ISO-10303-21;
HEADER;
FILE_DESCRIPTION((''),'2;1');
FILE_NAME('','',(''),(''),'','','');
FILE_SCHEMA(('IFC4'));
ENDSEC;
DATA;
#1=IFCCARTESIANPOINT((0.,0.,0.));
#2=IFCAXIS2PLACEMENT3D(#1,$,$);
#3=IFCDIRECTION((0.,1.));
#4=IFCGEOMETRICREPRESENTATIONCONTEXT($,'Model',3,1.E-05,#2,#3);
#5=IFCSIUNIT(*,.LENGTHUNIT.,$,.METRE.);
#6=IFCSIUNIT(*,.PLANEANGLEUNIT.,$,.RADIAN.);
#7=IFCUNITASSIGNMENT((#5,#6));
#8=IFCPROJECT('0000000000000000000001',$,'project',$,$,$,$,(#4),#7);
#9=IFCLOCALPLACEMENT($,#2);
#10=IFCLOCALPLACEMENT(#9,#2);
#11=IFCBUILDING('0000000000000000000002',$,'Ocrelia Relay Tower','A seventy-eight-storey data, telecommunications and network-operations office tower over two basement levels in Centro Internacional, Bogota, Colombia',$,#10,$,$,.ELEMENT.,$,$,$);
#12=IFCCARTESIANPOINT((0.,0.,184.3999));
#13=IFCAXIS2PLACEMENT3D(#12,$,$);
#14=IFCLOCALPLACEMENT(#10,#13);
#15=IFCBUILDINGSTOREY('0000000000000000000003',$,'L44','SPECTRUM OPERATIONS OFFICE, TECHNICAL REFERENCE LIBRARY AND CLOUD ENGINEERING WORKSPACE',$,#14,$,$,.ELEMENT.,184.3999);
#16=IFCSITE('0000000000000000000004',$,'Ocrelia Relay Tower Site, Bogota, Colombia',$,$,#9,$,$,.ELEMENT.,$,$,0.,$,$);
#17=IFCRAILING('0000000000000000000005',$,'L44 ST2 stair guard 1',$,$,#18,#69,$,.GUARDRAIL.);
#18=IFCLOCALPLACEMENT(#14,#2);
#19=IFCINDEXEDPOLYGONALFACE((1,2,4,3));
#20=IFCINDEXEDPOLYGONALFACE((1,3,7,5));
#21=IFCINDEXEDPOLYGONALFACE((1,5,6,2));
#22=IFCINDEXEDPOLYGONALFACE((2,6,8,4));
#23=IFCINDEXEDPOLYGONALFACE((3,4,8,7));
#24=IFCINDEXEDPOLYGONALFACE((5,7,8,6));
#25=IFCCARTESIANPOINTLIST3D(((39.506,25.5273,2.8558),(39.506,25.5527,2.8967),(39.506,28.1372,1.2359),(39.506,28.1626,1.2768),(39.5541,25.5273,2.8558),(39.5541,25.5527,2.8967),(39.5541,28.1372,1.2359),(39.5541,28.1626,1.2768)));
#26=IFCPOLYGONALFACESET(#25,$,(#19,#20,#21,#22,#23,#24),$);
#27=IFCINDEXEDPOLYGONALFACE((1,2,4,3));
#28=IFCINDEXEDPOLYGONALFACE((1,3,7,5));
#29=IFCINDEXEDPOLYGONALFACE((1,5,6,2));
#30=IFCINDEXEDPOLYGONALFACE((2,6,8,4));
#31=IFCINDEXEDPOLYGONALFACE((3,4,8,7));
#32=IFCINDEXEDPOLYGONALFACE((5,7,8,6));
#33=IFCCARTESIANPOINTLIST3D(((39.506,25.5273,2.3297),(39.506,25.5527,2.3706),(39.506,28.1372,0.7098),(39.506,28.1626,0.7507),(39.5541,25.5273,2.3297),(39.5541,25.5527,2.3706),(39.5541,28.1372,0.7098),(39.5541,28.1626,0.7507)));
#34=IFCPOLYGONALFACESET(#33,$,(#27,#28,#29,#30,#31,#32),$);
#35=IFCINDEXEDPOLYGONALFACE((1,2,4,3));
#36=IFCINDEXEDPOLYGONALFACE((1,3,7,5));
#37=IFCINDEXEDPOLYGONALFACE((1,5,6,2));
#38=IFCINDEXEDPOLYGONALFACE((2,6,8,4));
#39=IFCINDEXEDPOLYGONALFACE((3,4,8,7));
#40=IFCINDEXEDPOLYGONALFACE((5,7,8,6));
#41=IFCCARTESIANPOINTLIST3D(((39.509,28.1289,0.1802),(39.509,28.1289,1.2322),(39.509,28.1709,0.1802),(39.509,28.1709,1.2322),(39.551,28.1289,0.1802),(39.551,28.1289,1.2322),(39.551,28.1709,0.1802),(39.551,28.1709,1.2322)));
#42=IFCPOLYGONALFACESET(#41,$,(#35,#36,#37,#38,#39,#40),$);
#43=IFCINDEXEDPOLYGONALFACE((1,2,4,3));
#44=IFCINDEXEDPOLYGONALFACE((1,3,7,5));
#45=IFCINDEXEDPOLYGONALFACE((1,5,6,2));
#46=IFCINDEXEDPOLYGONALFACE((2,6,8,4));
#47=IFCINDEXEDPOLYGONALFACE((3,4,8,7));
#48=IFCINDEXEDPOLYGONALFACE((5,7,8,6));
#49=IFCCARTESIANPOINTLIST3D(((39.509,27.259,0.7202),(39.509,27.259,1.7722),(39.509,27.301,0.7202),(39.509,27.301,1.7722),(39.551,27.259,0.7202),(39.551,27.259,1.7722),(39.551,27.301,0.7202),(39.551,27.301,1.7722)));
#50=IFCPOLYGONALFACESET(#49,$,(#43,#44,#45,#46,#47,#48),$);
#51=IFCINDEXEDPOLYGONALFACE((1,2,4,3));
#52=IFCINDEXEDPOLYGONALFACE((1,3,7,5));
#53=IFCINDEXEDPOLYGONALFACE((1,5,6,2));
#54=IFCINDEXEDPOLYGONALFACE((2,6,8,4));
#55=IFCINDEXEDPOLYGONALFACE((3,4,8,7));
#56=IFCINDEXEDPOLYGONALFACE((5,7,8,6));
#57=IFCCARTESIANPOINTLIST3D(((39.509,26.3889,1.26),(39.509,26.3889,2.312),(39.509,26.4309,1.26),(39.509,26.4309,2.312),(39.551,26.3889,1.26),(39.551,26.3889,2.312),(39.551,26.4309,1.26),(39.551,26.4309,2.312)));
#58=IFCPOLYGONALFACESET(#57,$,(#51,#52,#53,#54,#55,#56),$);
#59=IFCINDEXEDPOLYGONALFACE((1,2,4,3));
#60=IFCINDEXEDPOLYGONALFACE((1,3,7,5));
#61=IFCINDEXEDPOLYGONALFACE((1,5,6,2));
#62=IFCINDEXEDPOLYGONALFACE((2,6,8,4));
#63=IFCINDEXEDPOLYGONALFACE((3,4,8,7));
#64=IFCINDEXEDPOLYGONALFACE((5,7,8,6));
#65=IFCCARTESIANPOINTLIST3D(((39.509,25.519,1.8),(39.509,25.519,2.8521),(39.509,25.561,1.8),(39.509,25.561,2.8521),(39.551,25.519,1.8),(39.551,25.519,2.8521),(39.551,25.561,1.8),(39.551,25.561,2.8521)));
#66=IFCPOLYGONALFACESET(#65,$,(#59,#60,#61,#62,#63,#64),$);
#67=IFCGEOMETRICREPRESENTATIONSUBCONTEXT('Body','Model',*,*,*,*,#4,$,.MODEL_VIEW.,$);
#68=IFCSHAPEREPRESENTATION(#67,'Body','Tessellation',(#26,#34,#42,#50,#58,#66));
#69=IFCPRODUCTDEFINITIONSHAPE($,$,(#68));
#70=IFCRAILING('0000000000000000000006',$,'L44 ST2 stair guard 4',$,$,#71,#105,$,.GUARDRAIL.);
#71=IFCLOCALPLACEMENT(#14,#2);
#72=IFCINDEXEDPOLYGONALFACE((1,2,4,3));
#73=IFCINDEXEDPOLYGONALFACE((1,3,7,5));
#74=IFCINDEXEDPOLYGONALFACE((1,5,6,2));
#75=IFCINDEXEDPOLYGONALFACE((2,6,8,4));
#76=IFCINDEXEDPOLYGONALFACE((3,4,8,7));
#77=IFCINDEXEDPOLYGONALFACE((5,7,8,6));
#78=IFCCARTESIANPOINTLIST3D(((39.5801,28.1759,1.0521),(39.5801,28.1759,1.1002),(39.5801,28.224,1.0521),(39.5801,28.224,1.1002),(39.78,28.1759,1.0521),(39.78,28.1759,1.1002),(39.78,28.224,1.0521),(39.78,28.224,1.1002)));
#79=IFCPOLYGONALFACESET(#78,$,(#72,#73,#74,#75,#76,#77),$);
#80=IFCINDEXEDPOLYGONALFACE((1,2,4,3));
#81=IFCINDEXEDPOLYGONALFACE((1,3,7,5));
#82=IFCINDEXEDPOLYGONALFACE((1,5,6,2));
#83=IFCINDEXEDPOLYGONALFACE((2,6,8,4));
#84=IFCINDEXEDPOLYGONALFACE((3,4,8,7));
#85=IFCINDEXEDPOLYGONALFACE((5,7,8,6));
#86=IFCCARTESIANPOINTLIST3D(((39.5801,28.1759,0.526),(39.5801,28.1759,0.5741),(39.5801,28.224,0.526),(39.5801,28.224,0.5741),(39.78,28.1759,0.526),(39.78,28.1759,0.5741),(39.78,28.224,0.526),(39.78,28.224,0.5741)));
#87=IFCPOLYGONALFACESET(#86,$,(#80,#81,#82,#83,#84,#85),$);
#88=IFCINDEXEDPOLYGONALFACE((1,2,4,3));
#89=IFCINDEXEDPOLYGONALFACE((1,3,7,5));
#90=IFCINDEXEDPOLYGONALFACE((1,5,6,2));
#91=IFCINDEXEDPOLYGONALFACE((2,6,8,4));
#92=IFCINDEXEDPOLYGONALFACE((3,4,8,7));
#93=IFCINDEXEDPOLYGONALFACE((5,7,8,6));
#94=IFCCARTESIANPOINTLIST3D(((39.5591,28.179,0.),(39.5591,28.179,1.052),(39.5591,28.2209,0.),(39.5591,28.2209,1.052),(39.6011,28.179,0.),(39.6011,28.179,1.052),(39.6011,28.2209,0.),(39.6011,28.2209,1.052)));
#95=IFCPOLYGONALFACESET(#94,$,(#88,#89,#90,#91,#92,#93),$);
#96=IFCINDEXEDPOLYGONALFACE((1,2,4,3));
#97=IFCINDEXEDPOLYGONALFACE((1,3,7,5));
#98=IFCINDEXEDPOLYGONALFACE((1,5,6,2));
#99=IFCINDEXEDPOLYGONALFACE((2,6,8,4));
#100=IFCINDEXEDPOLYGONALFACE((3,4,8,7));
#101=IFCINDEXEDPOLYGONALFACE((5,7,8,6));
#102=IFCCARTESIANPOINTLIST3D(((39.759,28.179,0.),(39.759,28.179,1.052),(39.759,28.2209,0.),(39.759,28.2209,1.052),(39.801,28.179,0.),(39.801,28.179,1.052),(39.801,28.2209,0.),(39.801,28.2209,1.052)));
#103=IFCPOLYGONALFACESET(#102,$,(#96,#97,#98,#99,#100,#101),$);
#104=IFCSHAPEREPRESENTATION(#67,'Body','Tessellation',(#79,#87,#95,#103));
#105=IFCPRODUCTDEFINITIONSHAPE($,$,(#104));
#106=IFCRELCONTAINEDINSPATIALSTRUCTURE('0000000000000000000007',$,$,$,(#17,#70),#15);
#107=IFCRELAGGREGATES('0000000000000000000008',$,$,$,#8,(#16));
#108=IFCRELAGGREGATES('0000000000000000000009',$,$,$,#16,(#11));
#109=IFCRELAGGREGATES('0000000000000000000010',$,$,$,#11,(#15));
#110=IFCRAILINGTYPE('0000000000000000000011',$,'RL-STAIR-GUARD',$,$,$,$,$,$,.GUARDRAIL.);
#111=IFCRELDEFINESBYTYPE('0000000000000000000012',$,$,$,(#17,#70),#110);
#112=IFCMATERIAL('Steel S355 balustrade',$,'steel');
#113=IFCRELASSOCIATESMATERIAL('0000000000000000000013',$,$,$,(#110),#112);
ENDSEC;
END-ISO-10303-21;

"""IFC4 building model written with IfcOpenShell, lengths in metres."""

from ifc_helpers import new_model, si_unit, direction, frame, origin, origin_2d, place, context, subcontext, project, spatial, rectangle, extrude, material, type_object, element, save


model = new_model("IFC4")

# Units and contexts
model_context = context("Model", 3, precision=1e-05, world=origin(), true_north=direction((0.0, 1.0)))
body_context = subcontext(model_context, "Body", "Model", "MODEL_VIEW")
ifc_project = project(units=[si_unit("LENGTHUNIT", "METRE"), si_unit("PLANEANGLEUNIT", "RADIAN")], contexts=[model_context])

# Site, building, storey
site_placement = place(None, origin())
site = spatial("IfcSite", under=ifc_project, at=site_placement, Name="Ocrelia Relay Tower Site, Bogota, Colombia", CompositionType="ELEMENT", RefElevation=0.0)
building_placement = place(site_placement, origin())
building = spatial("IfcBuilding", under=site, at=building_placement, Name="Ocrelia Relay Tower", Description="A seventy-eight-storey data, telecommunications and network-operations office tower over two basement levels in Centro Internacional, Bogota, Colombia", CompositionType="ELEMENT")
storey_placement = place(building_placement, frame((0.0, 0.0, 184.3999)))
storey = spatial("IfcBuildingStorey", under=building, at=storey_placement, Name="L44", Description="SPECTRUM OPERATIONS OFFICE, TECHNICAL REFERENCE LIBRARY AND CLOUD ENGINEERING WORKSPACE", CompositionType="ELEMENT", Elevation=184.3999)

# Railings
ifc_material_1 = material(Name="Steel S355 balustrade", Category="steel")
railing_type = type_object("IfcRailingType", Name="RL-STAIR-GUARD", PredefinedType="GUARDRAIL", material=ifc_material_1)
railing_1_placement = place(storey_placement, frame((39.53, 28.1499, 0.1802)))
element("IfcRailing", 1, at=railing_1_placement, inside=storey, type_object=railing_type, Name="L44 ST2 stair guard 1", PredefinedType="GUARDRAIL", context=body_context, shape_type="SweptSolid", body=[
    extrude(rectangle(XDim=0.0481, YDim=0.0481, at=origin_2d()), frame((0.0, 0.0, 1.0762), z_axis=(0.0, -0.849646, 0.527353), x_axis=(1.0, 0.0, 0.0)), (0.0, 0.0, 1.0), 3.0718),
    extrude(rectangle(XDim=0.0481, YDim=0.0481, at=origin_2d()), frame((0.0, 0.0, 0.55), z_axis=(0.0, -0.849646, 0.527353), x_axis=(1.0, 0.0, 0.0)), (0.0, 0.0, 1.0), 3.0718),
    extrude(rectangle(XDim=0.042, YDim=0.042, at=origin_2d()), origin(), (0.0, 0.0, 1.0), 1.052),
    extrude(rectangle(XDim=0.042, YDim=0.042, at=origin_2d()), frame((0.0, -0.8699, 0.54)), (0.0, 0.0, 1.0), 1.052),
    extrude(rectangle(XDim=0.042, YDim=0.042, at=origin_2d()), frame((0.0, -1.74, 1.0798)), (0.0, 0.0, 1.0), 1.052),
    extrude(rectangle(XDim=0.042, YDim=0.042, at=origin_2d()), frame((0.0, -2.6099, 1.6199)), (0.0, 0.0, 1.0), 1.052),
])
railing_2_placement = place(storey_placement, frame((39.5801, 28.2, 0.0)))
element("IfcRailing", 2, at=railing_2_placement, inside=storey, type_object=railing_type, Name="L44 ST2 stair guard 4", PredefinedType="GUARDRAIL", context=body_context, shape_type="SweptSolid", body=[
    extrude(rectangle(XDim=0.0481, YDim=0.0481, at=origin_2d()), frame((0.0, 0.0, 1.0762), z_axis=(1.0, 0.0, 0.0), x_axis=(0.0, 1.0, 0.0)), (0.0, 0.0, 1.0), 0.2),
    extrude(rectangle(XDim=0.0481, YDim=0.0481, at=origin_2d()), frame((0.0, 0.0, 0.55), z_axis=(1.0, 0.0, 0.0), x_axis=(0.0, 1.0, 0.0)), (0.0, 0.0, 1.0), 0.2),
    extrude(rectangle(XDim=0.042, YDim=0.042, at=origin_2d()), origin(), (0.0, 0.0, 1.0), 1.052),
    extrude(rectangle(XDim=0.042, YDim=0.042, at=origin_2d()), frame((0.2, 0.0, 0.0)), (0.0, 0.0, 1.0), 1.052),
])

save(model, "model.ifc")
